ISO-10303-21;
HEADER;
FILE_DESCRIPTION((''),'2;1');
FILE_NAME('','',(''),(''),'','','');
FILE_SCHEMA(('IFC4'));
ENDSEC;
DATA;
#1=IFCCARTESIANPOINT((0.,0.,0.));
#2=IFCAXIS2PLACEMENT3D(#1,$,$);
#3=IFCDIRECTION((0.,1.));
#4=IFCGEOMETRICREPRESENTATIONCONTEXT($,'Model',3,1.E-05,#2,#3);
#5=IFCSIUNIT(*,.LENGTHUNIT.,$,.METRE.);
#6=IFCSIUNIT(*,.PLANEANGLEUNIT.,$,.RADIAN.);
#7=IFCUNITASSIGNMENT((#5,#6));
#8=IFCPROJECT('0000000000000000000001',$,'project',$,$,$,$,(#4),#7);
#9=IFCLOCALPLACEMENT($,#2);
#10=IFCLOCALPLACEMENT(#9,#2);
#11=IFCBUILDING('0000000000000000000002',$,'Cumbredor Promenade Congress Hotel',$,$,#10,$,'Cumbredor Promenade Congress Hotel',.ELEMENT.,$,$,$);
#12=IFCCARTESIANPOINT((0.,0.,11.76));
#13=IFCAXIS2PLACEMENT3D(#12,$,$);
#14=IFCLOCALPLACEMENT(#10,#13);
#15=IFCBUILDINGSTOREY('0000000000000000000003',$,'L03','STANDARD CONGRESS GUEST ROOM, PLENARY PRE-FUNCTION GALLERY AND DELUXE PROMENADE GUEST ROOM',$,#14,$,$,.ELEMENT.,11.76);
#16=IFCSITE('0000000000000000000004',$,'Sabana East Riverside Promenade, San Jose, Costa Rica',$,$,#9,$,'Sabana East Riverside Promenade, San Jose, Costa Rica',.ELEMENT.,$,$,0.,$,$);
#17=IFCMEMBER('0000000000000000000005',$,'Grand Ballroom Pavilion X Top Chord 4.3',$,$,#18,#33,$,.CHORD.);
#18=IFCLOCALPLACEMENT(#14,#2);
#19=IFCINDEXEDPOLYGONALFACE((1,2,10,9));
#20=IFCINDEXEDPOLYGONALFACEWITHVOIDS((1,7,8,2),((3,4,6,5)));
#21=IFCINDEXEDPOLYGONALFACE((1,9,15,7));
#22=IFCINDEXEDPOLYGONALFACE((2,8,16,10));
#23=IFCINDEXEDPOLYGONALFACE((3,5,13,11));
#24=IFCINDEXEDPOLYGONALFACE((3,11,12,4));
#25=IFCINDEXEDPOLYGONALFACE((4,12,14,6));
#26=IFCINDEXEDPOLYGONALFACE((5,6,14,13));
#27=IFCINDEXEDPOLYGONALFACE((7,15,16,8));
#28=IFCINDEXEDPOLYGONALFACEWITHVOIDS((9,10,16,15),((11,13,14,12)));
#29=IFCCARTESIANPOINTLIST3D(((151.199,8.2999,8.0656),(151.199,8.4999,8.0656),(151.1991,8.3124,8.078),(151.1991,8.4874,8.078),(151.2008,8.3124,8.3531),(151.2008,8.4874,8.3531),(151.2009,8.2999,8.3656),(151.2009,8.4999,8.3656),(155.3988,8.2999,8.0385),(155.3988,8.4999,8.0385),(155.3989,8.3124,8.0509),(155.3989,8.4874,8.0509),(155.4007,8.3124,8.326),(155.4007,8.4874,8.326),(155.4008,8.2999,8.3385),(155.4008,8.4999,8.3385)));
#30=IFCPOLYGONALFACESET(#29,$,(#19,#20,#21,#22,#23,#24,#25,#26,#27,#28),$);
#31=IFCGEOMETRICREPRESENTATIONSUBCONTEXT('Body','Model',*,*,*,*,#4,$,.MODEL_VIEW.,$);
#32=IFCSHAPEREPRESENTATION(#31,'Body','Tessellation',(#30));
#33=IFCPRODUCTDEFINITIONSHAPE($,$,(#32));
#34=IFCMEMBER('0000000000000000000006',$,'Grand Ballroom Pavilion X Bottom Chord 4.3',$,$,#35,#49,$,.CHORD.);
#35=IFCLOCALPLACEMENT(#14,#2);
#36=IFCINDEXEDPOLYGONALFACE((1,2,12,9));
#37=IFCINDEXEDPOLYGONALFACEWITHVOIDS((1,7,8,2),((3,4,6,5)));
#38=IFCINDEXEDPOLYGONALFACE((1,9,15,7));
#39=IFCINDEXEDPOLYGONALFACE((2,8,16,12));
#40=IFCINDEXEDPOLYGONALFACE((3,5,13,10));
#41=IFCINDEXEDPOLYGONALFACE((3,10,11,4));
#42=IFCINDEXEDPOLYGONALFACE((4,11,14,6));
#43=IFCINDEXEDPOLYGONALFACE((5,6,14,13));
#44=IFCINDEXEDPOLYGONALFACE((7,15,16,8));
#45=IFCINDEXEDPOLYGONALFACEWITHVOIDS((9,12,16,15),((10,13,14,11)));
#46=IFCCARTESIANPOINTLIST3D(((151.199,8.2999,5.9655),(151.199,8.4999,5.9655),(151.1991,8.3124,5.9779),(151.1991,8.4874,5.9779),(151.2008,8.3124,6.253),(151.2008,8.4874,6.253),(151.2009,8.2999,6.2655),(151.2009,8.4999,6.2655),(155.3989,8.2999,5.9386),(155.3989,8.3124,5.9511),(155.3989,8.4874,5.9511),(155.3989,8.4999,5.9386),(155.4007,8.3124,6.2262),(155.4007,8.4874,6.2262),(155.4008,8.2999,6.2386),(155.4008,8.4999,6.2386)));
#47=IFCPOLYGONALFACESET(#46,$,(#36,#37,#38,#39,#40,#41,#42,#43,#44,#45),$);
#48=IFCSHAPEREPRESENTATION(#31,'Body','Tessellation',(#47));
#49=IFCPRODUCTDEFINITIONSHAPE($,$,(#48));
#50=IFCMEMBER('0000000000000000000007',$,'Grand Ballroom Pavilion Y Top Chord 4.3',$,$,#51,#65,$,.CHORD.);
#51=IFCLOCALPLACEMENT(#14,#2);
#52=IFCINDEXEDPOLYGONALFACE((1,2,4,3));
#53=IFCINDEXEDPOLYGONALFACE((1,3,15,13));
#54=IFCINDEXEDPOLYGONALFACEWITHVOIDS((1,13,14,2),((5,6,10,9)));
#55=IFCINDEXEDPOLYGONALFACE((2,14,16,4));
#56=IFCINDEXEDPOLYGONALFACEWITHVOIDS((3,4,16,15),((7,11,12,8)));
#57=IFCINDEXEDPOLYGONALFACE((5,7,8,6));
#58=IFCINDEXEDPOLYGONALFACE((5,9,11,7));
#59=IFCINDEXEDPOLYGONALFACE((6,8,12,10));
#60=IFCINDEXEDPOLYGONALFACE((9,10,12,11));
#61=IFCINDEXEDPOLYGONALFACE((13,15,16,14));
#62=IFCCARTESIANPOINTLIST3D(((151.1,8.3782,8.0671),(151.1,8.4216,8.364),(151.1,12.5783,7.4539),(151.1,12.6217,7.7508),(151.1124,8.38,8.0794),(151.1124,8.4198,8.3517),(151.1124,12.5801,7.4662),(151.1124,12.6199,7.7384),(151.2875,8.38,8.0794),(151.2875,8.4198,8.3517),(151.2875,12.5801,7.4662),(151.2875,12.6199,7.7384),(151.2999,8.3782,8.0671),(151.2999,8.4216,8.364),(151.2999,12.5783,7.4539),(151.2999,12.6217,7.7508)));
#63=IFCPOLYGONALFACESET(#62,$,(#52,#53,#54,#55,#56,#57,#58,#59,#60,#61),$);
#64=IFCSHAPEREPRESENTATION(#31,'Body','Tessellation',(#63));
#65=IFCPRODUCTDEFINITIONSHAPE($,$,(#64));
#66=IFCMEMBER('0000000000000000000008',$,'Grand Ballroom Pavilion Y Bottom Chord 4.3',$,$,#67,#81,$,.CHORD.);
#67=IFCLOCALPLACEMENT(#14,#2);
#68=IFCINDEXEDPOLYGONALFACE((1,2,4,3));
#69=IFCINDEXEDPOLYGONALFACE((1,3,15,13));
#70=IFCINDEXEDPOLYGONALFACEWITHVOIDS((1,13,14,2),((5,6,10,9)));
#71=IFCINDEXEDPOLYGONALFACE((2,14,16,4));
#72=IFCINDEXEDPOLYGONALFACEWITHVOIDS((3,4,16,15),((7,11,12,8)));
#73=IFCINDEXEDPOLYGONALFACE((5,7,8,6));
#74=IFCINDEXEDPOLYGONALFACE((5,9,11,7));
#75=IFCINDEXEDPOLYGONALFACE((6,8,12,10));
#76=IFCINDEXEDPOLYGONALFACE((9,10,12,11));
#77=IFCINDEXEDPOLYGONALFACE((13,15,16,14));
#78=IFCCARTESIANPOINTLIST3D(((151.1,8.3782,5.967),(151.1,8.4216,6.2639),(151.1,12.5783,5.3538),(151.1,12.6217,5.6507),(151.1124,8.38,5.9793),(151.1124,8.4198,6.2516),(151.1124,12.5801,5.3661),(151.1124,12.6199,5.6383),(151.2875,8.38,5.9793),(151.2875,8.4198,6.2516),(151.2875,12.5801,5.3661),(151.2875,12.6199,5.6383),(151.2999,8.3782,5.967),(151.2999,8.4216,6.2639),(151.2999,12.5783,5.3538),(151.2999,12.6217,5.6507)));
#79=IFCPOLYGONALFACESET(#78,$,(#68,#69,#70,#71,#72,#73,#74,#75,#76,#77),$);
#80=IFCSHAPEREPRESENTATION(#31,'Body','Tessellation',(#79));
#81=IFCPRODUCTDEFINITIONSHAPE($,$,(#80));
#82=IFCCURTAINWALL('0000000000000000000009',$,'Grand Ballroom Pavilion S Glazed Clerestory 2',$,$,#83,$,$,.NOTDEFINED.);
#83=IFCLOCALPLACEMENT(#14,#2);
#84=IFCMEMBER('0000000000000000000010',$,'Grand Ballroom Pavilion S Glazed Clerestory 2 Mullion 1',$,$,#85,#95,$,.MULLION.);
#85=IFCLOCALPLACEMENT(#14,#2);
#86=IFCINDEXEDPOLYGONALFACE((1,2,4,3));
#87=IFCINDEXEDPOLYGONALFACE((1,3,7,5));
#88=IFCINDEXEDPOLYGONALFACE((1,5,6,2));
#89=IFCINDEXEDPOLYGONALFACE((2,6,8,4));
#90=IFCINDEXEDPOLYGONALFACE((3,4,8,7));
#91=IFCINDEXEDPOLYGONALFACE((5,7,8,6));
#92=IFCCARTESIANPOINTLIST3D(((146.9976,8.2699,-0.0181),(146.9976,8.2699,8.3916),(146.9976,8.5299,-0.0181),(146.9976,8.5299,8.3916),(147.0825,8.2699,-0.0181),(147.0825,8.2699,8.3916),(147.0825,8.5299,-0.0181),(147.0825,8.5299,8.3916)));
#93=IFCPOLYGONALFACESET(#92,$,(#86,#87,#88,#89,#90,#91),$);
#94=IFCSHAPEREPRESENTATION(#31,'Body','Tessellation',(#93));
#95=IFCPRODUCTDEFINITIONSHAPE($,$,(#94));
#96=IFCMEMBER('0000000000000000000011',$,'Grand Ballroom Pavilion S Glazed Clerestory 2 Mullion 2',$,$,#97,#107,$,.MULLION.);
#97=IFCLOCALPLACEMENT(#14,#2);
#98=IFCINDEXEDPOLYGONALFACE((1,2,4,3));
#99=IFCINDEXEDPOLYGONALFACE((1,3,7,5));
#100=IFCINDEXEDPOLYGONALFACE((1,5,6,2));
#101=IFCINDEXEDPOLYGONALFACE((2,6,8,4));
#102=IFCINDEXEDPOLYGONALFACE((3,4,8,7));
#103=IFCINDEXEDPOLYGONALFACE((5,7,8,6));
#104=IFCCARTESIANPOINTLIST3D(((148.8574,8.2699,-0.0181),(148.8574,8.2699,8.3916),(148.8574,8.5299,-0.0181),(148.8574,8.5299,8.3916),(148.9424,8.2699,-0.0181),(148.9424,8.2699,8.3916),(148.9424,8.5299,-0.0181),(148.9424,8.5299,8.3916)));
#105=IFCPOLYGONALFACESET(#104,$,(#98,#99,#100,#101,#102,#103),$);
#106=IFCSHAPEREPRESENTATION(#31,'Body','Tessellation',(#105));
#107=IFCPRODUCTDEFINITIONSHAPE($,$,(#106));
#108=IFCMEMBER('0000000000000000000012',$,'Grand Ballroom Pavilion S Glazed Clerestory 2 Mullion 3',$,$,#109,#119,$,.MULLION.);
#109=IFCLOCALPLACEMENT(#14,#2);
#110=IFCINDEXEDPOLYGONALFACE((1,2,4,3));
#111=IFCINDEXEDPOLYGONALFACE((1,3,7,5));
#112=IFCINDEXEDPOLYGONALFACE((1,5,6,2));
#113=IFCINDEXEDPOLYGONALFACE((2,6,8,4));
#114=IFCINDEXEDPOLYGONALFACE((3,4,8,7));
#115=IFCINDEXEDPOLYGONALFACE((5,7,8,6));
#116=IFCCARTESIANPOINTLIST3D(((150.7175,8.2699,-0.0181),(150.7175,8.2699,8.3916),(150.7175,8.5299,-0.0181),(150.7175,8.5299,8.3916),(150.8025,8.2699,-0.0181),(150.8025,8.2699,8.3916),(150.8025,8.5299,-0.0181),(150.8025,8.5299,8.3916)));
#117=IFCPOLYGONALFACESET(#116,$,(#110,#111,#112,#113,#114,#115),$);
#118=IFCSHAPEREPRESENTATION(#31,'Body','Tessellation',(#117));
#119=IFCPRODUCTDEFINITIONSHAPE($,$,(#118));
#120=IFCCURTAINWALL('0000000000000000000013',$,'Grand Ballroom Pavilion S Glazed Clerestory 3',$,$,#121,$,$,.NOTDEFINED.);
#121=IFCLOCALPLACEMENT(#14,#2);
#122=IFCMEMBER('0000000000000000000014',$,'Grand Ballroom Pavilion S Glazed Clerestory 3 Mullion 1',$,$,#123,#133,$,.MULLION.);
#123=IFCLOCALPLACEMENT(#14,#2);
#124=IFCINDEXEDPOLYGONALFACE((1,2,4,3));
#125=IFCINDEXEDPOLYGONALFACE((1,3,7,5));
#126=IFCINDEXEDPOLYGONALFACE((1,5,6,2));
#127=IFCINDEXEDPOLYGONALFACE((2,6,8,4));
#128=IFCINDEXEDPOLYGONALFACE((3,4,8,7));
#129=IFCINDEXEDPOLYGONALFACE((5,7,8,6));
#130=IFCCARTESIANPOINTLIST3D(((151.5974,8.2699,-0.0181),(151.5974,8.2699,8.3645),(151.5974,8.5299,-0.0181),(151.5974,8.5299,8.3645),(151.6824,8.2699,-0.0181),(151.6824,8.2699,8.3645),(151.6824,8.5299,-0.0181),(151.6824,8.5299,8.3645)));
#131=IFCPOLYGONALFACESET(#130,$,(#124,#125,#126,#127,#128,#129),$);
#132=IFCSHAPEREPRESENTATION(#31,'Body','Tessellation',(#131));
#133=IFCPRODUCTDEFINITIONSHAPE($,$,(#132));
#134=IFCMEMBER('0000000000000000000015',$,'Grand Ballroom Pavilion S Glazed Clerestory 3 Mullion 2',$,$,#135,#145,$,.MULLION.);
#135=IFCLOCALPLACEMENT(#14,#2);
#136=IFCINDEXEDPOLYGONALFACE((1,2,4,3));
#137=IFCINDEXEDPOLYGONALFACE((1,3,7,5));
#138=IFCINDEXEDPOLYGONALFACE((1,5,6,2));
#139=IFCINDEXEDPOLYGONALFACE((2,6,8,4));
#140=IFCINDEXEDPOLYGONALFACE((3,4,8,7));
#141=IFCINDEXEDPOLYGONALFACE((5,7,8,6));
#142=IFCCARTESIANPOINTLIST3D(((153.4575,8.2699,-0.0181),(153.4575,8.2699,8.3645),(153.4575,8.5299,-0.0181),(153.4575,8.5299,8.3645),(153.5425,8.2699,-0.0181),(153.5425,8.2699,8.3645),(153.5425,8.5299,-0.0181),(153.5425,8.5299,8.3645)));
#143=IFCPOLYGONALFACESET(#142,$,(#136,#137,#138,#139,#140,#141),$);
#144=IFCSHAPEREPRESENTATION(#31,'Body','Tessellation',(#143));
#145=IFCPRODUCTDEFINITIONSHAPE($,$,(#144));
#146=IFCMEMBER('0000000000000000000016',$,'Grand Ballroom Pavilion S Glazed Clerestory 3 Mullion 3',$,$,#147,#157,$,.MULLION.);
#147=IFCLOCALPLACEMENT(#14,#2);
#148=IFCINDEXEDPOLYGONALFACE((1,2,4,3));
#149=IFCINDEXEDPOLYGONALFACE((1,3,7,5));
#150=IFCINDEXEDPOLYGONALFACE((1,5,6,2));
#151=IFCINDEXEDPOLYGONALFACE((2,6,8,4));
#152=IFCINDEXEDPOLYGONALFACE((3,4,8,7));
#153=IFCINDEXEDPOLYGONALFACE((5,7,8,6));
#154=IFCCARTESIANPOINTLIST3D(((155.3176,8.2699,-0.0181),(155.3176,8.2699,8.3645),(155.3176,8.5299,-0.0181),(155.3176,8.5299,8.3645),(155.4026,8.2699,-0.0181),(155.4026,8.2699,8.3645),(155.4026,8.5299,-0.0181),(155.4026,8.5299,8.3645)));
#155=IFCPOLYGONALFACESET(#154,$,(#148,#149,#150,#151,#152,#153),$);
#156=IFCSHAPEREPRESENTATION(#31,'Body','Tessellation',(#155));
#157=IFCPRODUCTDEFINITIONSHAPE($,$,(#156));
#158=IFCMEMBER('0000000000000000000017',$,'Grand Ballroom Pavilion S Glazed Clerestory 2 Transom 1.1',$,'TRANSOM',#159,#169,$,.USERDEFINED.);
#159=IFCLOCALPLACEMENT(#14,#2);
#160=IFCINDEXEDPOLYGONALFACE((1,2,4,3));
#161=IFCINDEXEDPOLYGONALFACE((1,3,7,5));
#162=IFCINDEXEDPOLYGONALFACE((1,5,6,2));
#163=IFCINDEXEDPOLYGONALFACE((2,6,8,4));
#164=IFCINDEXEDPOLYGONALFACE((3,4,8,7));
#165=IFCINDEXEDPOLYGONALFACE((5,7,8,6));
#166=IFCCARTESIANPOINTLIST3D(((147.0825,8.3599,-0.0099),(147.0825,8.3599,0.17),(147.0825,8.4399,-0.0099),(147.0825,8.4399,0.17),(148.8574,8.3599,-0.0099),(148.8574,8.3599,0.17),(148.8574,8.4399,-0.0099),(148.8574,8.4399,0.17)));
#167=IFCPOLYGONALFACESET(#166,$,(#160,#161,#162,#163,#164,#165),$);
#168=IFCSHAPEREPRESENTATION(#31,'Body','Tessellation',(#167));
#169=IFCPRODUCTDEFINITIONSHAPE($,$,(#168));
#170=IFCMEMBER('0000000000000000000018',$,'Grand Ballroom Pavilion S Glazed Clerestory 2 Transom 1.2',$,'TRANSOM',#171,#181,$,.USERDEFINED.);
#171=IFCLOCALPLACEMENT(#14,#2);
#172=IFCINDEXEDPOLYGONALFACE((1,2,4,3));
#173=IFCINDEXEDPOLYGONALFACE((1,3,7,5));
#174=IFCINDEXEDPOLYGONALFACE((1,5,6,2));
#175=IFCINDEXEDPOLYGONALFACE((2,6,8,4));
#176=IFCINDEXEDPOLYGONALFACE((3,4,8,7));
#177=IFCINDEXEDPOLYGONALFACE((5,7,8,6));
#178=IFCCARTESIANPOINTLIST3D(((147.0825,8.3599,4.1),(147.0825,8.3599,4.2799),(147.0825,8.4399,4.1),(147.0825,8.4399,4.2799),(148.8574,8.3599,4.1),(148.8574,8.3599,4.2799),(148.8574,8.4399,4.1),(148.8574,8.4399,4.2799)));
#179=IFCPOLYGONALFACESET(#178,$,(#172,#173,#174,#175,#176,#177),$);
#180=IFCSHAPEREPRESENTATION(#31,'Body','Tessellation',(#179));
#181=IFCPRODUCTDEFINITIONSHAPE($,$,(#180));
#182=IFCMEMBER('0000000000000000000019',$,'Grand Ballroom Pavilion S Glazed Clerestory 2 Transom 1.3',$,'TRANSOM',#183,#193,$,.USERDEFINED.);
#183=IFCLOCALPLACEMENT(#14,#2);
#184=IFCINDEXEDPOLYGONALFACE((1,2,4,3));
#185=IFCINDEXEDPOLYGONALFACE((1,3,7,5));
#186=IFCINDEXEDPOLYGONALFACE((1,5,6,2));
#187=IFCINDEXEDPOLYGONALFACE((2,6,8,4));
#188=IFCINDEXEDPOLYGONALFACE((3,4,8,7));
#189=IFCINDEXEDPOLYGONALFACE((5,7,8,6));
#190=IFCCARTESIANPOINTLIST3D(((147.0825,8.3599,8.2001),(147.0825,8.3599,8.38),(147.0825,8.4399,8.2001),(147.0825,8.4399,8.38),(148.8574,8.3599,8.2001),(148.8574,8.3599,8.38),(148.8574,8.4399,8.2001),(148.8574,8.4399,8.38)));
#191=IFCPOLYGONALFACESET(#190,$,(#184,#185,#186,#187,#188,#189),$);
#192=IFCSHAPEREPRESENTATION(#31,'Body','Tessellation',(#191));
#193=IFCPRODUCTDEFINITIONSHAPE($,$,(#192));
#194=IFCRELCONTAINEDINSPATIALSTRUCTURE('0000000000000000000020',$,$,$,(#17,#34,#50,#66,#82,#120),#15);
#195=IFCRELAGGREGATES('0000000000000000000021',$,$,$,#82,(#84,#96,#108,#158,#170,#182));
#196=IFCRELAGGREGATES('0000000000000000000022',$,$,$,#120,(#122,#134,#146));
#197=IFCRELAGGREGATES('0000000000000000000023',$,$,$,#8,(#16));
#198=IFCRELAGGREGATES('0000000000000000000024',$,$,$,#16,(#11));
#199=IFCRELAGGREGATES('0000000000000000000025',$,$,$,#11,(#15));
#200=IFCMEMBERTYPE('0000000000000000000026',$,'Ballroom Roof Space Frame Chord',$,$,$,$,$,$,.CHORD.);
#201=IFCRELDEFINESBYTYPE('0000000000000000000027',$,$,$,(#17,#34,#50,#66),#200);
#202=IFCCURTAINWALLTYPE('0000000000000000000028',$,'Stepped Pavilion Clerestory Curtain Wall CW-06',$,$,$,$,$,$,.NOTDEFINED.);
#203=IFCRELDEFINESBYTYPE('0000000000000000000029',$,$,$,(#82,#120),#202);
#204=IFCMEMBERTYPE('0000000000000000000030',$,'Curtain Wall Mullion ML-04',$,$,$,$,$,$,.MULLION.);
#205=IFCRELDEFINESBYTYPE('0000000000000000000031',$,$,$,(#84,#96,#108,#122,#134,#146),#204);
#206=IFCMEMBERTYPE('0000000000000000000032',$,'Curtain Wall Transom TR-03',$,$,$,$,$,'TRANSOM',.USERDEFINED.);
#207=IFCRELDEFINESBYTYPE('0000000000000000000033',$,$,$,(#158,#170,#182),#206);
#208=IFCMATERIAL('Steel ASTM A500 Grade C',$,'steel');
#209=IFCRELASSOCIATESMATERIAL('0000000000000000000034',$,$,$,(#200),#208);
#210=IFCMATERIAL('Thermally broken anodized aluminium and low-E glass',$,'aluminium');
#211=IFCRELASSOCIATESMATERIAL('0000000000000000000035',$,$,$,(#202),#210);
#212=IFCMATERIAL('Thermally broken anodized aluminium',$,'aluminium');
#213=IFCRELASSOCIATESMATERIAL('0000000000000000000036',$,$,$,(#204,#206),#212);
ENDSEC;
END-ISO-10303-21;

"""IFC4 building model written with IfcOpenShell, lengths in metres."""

from ifc_helpers import new_model, si_unit, direction, frame, origin, origin_2d, place, context, subcontext, project, spatial, rectangle, hollow_rectangle, extrude, material, material_profile, profile_set, type_object, element, aggregate, save


model = new_model("IFC4")

# Units and contexts
model_context = context("Model", 3, precision=1e-05, world=origin(), true_north=direction((0.0, 1.0)))
body_context = subcontext(model_context, "Body", "Model", "MODEL_VIEW")
ifc_project = project(units=[si_unit("LENGTHUNIT", "METRE"), si_unit("PLANEANGLEUNIT", "RADIAN")], contexts=[model_context])

# Site, building, storey
site_placement = place(None, origin())
site = spatial("IfcSite", under=ifc_project, at=site_placement, Name="Sabana East Riverside Promenade, San Jose, Costa Rica", LongName="Sabana East Riverside Promenade, San Jose, Costa Rica", CompositionType="ELEMENT", RefElevation=0.0)
building_placement = place(site_placement, origin())
building = spatial("IfcBuilding", under=site, at=building_placement, Name="Cumbredor Promenade Congress Hotel", LongName="Cumbredor Promenade Congress Hotel", CompositionType="ELEMENT")
storey_placement = place(building_placement, frame((0.0, 0.0, 11.76)))
storey = spatial("IfcBuildingStorey", under=building, at=storey_placement, Name="L03", Description="STANDARD CONGRESS GUEST ROOM, PLENARY PRE-FUNCTION GALLERY AND DELUXE PROMENADE GUEST ROOM", CompositionType="ELEMENT", Elevation=11.76)

# Members
ifc_material_1 = material(Name="Steel ASTM A500 Grade C", Category="steel")
ifc_material_profile_1 = material_profile(ifc_material_1, hollow_rectangle(XDim=0.2, YDim=0.3, WallThickness=0.0125, at=origin_2d()), Name="HSS 300x200x12.5")
ifc_profile_set_1 = profile_set([ifc_material_profile_1], Name="Steel ASTM A500 Grade C")
member_type_1 = type_object("IfcMemberType", Name="Ballroom Roof Space Frame Chord", PredefinedType="CHORD", material=ifc_profile_set_1)
for number, where, z_axis, x_axis, name in (
    (1, (151.2, 8.3999, 8.2156), (0.999979, 0.0, -0.006452), (0.0, 1.0, 0.0), "Grand Ballroom Pavilion X Top Chord 4.3"),
    (2, (151.2, 8.3999, 6.1155), (0.99998, 0.0, -0.006394), (0.0, 1.0, 0.0), "Grand Ballroom Pavilion X Bottom Chord 4.3"),
):
    element("IfcMember", number, at=place(storey_placement, frame(where, z_axis=z_axis, x_axis=x_axis)), inside=storey, type_object=member_type_1, Name=name, PredefinedType="CHORD", context=body_context, shape_type="SweptSolid", body=[
        extrude(hollow_rectangle(XDim=0.2, YDim=0.3, WallThickness=0.0125, at=origin_2d()), origin(), (0.0, 0.0, 1.0), 4.2),
    ])
for number, where, z_axis, x_axis, name in (
    (3, (151.2, 8.3999, 8.2156), (0.0, 0.989508, -0.144481), (-1.0, 0.0, 0.0), "Grand Ballroom Pavilion Y Top Chord 4.3"),
    (4, (151.2, 8.3999, 6.1155), (0.0, 0.989508, -0.144481), (-1.0, 0.0, 0.0), "Grand Ballroom Pavilion Y Bottom Chord 4.3"),
):
    element("IfcMember", number, at=place(storey_placement, frame(where, z_axis=z_axis, x_axis=x_axis)), inside=storey, type_object=member_type_1, Name=name, PredefinedType="CHORD", context=body_context, shape_type="SweptSolid", body=[
        extrude(hollow_rectangle(XDim=0.2, YDim=0.3, WallThickness=0.0125, at=origin_2d()), origin(), (0.0, 0.0, 1.0), 4.2446),
    ])

# Curtain walls, members
ifc_material_2 = material(Name="Thermally broken anodized aluminium and low-E glass", Category="aluminium")
curtain_wall_type = type_object("IfcCurtainWallType", Name="Stepped Pavilion Clerestory Curtain Wall CW-06", PredefinedType="NOTDEFINED", material=ifc_material_2)
curtain_wall_1_placement = place(storey_placement, origin())
curtain_wall_1 = element("IfcCurtainWall", 5, at=curtain_wall_1_placement, inside=storey, type_object=curtain_wall_type, Name="Grand Ballroom Pavilion S Glazed Clerestory 2", PredefinedType="NOTDEFINED")
ifc_material_3 = material(Name="Thermally broken anodized aluminium", Category="aluminium")
ifc_material_profile_2 = material_profile(ifc_material_3, rectangle(XDim=0.085, YDim=0.26, at=origin_2d()), Name="ALU MULLION CLERESTORY 85x260")
ifc_profile_set_2 = profile_set([ifc_material_profile_2], Name="Thermally broken anodized aluminium")
member_type_2 = type_object("IfcMemberType", Name="Curtain Wall Mullion ML-04", PredefinedType="MULLION", material=ifc_profile_set_2)
member_1_placement = place(storey_placement, frame((147.04, 8.3999, -0.0181), z_axis=(0.0, 0.0, 1.0), x_axis=(1.0, 0.0, 0.0)))
member_1 = element("IfcMember", 6, at=member_1_placement, type_object=member_type_2, Name="Grand Ballroom Pavilion S Glazed Clerestory 2 Mullion 1", PredefinedType="MULLION", context=body_context, shape_type="SweptSolid", body=[
    extrude(rectangle(XDim=0.085, YDim=0.26, at=origin_2d()), origin(), (0.0, 0.0, 1.0), 8.4097),
])
member_2_placement = place(storey_placement, frame((148.8999, 8.3999, -0.0181), z_axis=(0.0, 0.0, 1.0), x_axis=(1.0, 0.0, 0.0)))
member_2 = element("IfcMember", 7, at=member_2_placement, type_object=member_type_2, Name="Grand Ballroom Pavilion S Glazed Clerestory 2 Mullion 2", PredefinedType="MULLION", context=body_context, shape_type="SweptSolid", body=[
    extrude(rectangle(XDim=0.085, YDim=0.26, at=origin_2d()), origin(), (0.0, 0.0, 1.0), 8.4097),
])
member_3_placement = place(storey_placement, frame((150.76, 8.3999, -0.0181), z_axis=(0.0, 0.0, 1.0), x_axis=(1.0, 0.0, 0.0)))
member_3 = element("IfcMember", 8, at=member_3_placement, type_object=member_type_2, Name="Grand Ballroom Pavilion S Glazed Clerestory 2 Mullion 3", PredefinedType="MULLION", context=body_context, shape_type="SweptSolid", body=[
    extrude(rectangle(XDim=0.085, YDim=0.26, at=origin_2d()), origin(), (0.0, 0.0, 1.0), 8.4097),
])
curtain_wall_2_placement = place(storey_placement, origin())
curtain_wall_2 = element("IfcCurtainWall", 9, at=curtain_wall_2_placement, inside=storey, type_object=curtain_wall_type, Name="Grand Ballroom Pavilion S Glazed Clerestory 3", PredefinedType="NOTDEFINED")
member_4_placement = place(storey_placement, frame((151.6399, 8.3999, -0.0181), z_axis=(0.0, 0.0, 1.0), x_axis=(1.0, 0.0, 0.0)))
member_4 = element("IfcMember", 10, at=member_4_placement, type_object=member_type_2, Name="Grand Ballroom Pavilion S Glazed Clerestory 3 Mullion 1", PredefinedType="MULLION", context=body_context, shape_type="SweptSolid", body=[
    extrude(rectangle(XDim=0.085, YDim=0.26, at=origin_2d()), origin(), (0.0, 0.0, 1.0), 8.3826),
])
member_5_placement = place(storey_placement, frame((153.5, 8.3999, -0.0181), z_axis=(0.0, 0.0, 1.0), x_axis=(1.0, 0.0, 0.0)))
member_5 = element("IfcMember", 11, at=member_5_placement, type_object=member_type_2, Name="Grand Ballroom Pavilion S Glazed Clerestory 3 Mullion 2", PredefinedType="MULLION", context=body_context, shape_type="SweptSolid", body=[
    extrude(rectangle(XDim=0.085, YDim=0.26, at=origin_2d()), origin(), (0.0, 0.0, 1.0), 8.3826),
])
member_6_placement = place(storey_placement, frame((155.3601, 8.3999, -0.0181), z_axis=(0.0, 0.0, 1.0), x_axis=(1.0, 0.0, 0.0)))
member_6 = element("IfcMember", 12, at=member_6_placement, type_object=member_type_2, Name="Grand Ballroom Pavilion S Glazed Clerestory 3 Mullion 3", PredefinedType="MULLION", context=body_context, shape_type="SweptSolid", body=[
    extrude(rectangle(XDim=0.085, YDim=0.26, at=origin_2d()), origin(), (0.0, 0.0, 1.0), 8.3826),
])

# Members
ifc_material_profile_3 = material_profile(ifc_material_3, rectangle(XDim=0.0801, YDim=0.1799, at=origin_2d()), Name="ALU TRANSOM 80x180")
ifc_profile_set_3 = profile_set([ifc_material_profile_3], Name="Thermally broken anodized aluminium")
member_type_3 = type_object("IfcMemberType", Name="Curtain Wall Transom TR-03", ElementType="TRANSOM", PredefinedType="USERDEFINED", material=ifc_profile_set_3)
member_7_placement = place(storey_placement, frame((147.0825, 8.3999, 0.0801), z_axis=(1.0, 0.0, 0.0), x_axis=(0.0, 1.0, 0.0)))
member_7 = element("IfcMember", 13, at=member_7_placement, type_object=member_type_3, Name="Grand Ballroom Pavilion S Glazed Clerestory 2 Transom 1.1", ObjectType="TRANSOM", PredefinedType="USERDEFINED", context=body_context, shape_type="SweptSolid", body=[
    extrude(rectangle(XDim=0.0801, YDim=0.1799, at=origin_2d()), origin(), (0.0, 0.0, 1.0), 1.7749),
])
member_8_placement = place(storey_placement, frame((147.0825, 8.3999, 4.1899), z_axis=(1.0, 0.0, 0.0), x_axis=(0.0, 1.0, 0.0)))
member_8 = element("IfcMember", 14, at=member_8_placement, type_object=member_type_3, Name="Grand Ballroom Pavilion S Glazed Clerestory 2 Transom 1.2", ObjectType="TRANSOM", PredefinedType="USERDEFINED", context=body_context, shape_type="SweptSolid", body=[
    extrude(rectangle(XDim=0.0801, YDim=0.1799, at=origin_2d()), origin(), (0.0, 0.0, 1.0), 1.7749),
])
member_9_placement = place(storey_placement, frame((147.0825, 8.3999, 8.29), z_axis=(1.0, 0.0, 0.0), x_axis=(0.0, 1.0, 0.0)))
member_9 = element("IfcMember", 15, at=member_9_placement, type_object=member_type_3, Name="Grand Ballroom Pavilion S Glazed Clerestory 2 Transom 1.3", ObjectType="TRANSOM", PredefinedType="USERDEFINED", context=body_context, shape_type="SweptSolid", body=[
    extrude(rectangle(XDim=0.0801, YDim=0.1799, at=origin_2d()), origin(), (0.0, 0.0, 1.0), 1.7749),
])

aggregate(curtain_wall_1, [member_1, member_2, member_3, member_7, member_8, member_9])
aggregate(curtain_wall_2, [member_4, member_5, member_6])

save(model, "model.ifc")
